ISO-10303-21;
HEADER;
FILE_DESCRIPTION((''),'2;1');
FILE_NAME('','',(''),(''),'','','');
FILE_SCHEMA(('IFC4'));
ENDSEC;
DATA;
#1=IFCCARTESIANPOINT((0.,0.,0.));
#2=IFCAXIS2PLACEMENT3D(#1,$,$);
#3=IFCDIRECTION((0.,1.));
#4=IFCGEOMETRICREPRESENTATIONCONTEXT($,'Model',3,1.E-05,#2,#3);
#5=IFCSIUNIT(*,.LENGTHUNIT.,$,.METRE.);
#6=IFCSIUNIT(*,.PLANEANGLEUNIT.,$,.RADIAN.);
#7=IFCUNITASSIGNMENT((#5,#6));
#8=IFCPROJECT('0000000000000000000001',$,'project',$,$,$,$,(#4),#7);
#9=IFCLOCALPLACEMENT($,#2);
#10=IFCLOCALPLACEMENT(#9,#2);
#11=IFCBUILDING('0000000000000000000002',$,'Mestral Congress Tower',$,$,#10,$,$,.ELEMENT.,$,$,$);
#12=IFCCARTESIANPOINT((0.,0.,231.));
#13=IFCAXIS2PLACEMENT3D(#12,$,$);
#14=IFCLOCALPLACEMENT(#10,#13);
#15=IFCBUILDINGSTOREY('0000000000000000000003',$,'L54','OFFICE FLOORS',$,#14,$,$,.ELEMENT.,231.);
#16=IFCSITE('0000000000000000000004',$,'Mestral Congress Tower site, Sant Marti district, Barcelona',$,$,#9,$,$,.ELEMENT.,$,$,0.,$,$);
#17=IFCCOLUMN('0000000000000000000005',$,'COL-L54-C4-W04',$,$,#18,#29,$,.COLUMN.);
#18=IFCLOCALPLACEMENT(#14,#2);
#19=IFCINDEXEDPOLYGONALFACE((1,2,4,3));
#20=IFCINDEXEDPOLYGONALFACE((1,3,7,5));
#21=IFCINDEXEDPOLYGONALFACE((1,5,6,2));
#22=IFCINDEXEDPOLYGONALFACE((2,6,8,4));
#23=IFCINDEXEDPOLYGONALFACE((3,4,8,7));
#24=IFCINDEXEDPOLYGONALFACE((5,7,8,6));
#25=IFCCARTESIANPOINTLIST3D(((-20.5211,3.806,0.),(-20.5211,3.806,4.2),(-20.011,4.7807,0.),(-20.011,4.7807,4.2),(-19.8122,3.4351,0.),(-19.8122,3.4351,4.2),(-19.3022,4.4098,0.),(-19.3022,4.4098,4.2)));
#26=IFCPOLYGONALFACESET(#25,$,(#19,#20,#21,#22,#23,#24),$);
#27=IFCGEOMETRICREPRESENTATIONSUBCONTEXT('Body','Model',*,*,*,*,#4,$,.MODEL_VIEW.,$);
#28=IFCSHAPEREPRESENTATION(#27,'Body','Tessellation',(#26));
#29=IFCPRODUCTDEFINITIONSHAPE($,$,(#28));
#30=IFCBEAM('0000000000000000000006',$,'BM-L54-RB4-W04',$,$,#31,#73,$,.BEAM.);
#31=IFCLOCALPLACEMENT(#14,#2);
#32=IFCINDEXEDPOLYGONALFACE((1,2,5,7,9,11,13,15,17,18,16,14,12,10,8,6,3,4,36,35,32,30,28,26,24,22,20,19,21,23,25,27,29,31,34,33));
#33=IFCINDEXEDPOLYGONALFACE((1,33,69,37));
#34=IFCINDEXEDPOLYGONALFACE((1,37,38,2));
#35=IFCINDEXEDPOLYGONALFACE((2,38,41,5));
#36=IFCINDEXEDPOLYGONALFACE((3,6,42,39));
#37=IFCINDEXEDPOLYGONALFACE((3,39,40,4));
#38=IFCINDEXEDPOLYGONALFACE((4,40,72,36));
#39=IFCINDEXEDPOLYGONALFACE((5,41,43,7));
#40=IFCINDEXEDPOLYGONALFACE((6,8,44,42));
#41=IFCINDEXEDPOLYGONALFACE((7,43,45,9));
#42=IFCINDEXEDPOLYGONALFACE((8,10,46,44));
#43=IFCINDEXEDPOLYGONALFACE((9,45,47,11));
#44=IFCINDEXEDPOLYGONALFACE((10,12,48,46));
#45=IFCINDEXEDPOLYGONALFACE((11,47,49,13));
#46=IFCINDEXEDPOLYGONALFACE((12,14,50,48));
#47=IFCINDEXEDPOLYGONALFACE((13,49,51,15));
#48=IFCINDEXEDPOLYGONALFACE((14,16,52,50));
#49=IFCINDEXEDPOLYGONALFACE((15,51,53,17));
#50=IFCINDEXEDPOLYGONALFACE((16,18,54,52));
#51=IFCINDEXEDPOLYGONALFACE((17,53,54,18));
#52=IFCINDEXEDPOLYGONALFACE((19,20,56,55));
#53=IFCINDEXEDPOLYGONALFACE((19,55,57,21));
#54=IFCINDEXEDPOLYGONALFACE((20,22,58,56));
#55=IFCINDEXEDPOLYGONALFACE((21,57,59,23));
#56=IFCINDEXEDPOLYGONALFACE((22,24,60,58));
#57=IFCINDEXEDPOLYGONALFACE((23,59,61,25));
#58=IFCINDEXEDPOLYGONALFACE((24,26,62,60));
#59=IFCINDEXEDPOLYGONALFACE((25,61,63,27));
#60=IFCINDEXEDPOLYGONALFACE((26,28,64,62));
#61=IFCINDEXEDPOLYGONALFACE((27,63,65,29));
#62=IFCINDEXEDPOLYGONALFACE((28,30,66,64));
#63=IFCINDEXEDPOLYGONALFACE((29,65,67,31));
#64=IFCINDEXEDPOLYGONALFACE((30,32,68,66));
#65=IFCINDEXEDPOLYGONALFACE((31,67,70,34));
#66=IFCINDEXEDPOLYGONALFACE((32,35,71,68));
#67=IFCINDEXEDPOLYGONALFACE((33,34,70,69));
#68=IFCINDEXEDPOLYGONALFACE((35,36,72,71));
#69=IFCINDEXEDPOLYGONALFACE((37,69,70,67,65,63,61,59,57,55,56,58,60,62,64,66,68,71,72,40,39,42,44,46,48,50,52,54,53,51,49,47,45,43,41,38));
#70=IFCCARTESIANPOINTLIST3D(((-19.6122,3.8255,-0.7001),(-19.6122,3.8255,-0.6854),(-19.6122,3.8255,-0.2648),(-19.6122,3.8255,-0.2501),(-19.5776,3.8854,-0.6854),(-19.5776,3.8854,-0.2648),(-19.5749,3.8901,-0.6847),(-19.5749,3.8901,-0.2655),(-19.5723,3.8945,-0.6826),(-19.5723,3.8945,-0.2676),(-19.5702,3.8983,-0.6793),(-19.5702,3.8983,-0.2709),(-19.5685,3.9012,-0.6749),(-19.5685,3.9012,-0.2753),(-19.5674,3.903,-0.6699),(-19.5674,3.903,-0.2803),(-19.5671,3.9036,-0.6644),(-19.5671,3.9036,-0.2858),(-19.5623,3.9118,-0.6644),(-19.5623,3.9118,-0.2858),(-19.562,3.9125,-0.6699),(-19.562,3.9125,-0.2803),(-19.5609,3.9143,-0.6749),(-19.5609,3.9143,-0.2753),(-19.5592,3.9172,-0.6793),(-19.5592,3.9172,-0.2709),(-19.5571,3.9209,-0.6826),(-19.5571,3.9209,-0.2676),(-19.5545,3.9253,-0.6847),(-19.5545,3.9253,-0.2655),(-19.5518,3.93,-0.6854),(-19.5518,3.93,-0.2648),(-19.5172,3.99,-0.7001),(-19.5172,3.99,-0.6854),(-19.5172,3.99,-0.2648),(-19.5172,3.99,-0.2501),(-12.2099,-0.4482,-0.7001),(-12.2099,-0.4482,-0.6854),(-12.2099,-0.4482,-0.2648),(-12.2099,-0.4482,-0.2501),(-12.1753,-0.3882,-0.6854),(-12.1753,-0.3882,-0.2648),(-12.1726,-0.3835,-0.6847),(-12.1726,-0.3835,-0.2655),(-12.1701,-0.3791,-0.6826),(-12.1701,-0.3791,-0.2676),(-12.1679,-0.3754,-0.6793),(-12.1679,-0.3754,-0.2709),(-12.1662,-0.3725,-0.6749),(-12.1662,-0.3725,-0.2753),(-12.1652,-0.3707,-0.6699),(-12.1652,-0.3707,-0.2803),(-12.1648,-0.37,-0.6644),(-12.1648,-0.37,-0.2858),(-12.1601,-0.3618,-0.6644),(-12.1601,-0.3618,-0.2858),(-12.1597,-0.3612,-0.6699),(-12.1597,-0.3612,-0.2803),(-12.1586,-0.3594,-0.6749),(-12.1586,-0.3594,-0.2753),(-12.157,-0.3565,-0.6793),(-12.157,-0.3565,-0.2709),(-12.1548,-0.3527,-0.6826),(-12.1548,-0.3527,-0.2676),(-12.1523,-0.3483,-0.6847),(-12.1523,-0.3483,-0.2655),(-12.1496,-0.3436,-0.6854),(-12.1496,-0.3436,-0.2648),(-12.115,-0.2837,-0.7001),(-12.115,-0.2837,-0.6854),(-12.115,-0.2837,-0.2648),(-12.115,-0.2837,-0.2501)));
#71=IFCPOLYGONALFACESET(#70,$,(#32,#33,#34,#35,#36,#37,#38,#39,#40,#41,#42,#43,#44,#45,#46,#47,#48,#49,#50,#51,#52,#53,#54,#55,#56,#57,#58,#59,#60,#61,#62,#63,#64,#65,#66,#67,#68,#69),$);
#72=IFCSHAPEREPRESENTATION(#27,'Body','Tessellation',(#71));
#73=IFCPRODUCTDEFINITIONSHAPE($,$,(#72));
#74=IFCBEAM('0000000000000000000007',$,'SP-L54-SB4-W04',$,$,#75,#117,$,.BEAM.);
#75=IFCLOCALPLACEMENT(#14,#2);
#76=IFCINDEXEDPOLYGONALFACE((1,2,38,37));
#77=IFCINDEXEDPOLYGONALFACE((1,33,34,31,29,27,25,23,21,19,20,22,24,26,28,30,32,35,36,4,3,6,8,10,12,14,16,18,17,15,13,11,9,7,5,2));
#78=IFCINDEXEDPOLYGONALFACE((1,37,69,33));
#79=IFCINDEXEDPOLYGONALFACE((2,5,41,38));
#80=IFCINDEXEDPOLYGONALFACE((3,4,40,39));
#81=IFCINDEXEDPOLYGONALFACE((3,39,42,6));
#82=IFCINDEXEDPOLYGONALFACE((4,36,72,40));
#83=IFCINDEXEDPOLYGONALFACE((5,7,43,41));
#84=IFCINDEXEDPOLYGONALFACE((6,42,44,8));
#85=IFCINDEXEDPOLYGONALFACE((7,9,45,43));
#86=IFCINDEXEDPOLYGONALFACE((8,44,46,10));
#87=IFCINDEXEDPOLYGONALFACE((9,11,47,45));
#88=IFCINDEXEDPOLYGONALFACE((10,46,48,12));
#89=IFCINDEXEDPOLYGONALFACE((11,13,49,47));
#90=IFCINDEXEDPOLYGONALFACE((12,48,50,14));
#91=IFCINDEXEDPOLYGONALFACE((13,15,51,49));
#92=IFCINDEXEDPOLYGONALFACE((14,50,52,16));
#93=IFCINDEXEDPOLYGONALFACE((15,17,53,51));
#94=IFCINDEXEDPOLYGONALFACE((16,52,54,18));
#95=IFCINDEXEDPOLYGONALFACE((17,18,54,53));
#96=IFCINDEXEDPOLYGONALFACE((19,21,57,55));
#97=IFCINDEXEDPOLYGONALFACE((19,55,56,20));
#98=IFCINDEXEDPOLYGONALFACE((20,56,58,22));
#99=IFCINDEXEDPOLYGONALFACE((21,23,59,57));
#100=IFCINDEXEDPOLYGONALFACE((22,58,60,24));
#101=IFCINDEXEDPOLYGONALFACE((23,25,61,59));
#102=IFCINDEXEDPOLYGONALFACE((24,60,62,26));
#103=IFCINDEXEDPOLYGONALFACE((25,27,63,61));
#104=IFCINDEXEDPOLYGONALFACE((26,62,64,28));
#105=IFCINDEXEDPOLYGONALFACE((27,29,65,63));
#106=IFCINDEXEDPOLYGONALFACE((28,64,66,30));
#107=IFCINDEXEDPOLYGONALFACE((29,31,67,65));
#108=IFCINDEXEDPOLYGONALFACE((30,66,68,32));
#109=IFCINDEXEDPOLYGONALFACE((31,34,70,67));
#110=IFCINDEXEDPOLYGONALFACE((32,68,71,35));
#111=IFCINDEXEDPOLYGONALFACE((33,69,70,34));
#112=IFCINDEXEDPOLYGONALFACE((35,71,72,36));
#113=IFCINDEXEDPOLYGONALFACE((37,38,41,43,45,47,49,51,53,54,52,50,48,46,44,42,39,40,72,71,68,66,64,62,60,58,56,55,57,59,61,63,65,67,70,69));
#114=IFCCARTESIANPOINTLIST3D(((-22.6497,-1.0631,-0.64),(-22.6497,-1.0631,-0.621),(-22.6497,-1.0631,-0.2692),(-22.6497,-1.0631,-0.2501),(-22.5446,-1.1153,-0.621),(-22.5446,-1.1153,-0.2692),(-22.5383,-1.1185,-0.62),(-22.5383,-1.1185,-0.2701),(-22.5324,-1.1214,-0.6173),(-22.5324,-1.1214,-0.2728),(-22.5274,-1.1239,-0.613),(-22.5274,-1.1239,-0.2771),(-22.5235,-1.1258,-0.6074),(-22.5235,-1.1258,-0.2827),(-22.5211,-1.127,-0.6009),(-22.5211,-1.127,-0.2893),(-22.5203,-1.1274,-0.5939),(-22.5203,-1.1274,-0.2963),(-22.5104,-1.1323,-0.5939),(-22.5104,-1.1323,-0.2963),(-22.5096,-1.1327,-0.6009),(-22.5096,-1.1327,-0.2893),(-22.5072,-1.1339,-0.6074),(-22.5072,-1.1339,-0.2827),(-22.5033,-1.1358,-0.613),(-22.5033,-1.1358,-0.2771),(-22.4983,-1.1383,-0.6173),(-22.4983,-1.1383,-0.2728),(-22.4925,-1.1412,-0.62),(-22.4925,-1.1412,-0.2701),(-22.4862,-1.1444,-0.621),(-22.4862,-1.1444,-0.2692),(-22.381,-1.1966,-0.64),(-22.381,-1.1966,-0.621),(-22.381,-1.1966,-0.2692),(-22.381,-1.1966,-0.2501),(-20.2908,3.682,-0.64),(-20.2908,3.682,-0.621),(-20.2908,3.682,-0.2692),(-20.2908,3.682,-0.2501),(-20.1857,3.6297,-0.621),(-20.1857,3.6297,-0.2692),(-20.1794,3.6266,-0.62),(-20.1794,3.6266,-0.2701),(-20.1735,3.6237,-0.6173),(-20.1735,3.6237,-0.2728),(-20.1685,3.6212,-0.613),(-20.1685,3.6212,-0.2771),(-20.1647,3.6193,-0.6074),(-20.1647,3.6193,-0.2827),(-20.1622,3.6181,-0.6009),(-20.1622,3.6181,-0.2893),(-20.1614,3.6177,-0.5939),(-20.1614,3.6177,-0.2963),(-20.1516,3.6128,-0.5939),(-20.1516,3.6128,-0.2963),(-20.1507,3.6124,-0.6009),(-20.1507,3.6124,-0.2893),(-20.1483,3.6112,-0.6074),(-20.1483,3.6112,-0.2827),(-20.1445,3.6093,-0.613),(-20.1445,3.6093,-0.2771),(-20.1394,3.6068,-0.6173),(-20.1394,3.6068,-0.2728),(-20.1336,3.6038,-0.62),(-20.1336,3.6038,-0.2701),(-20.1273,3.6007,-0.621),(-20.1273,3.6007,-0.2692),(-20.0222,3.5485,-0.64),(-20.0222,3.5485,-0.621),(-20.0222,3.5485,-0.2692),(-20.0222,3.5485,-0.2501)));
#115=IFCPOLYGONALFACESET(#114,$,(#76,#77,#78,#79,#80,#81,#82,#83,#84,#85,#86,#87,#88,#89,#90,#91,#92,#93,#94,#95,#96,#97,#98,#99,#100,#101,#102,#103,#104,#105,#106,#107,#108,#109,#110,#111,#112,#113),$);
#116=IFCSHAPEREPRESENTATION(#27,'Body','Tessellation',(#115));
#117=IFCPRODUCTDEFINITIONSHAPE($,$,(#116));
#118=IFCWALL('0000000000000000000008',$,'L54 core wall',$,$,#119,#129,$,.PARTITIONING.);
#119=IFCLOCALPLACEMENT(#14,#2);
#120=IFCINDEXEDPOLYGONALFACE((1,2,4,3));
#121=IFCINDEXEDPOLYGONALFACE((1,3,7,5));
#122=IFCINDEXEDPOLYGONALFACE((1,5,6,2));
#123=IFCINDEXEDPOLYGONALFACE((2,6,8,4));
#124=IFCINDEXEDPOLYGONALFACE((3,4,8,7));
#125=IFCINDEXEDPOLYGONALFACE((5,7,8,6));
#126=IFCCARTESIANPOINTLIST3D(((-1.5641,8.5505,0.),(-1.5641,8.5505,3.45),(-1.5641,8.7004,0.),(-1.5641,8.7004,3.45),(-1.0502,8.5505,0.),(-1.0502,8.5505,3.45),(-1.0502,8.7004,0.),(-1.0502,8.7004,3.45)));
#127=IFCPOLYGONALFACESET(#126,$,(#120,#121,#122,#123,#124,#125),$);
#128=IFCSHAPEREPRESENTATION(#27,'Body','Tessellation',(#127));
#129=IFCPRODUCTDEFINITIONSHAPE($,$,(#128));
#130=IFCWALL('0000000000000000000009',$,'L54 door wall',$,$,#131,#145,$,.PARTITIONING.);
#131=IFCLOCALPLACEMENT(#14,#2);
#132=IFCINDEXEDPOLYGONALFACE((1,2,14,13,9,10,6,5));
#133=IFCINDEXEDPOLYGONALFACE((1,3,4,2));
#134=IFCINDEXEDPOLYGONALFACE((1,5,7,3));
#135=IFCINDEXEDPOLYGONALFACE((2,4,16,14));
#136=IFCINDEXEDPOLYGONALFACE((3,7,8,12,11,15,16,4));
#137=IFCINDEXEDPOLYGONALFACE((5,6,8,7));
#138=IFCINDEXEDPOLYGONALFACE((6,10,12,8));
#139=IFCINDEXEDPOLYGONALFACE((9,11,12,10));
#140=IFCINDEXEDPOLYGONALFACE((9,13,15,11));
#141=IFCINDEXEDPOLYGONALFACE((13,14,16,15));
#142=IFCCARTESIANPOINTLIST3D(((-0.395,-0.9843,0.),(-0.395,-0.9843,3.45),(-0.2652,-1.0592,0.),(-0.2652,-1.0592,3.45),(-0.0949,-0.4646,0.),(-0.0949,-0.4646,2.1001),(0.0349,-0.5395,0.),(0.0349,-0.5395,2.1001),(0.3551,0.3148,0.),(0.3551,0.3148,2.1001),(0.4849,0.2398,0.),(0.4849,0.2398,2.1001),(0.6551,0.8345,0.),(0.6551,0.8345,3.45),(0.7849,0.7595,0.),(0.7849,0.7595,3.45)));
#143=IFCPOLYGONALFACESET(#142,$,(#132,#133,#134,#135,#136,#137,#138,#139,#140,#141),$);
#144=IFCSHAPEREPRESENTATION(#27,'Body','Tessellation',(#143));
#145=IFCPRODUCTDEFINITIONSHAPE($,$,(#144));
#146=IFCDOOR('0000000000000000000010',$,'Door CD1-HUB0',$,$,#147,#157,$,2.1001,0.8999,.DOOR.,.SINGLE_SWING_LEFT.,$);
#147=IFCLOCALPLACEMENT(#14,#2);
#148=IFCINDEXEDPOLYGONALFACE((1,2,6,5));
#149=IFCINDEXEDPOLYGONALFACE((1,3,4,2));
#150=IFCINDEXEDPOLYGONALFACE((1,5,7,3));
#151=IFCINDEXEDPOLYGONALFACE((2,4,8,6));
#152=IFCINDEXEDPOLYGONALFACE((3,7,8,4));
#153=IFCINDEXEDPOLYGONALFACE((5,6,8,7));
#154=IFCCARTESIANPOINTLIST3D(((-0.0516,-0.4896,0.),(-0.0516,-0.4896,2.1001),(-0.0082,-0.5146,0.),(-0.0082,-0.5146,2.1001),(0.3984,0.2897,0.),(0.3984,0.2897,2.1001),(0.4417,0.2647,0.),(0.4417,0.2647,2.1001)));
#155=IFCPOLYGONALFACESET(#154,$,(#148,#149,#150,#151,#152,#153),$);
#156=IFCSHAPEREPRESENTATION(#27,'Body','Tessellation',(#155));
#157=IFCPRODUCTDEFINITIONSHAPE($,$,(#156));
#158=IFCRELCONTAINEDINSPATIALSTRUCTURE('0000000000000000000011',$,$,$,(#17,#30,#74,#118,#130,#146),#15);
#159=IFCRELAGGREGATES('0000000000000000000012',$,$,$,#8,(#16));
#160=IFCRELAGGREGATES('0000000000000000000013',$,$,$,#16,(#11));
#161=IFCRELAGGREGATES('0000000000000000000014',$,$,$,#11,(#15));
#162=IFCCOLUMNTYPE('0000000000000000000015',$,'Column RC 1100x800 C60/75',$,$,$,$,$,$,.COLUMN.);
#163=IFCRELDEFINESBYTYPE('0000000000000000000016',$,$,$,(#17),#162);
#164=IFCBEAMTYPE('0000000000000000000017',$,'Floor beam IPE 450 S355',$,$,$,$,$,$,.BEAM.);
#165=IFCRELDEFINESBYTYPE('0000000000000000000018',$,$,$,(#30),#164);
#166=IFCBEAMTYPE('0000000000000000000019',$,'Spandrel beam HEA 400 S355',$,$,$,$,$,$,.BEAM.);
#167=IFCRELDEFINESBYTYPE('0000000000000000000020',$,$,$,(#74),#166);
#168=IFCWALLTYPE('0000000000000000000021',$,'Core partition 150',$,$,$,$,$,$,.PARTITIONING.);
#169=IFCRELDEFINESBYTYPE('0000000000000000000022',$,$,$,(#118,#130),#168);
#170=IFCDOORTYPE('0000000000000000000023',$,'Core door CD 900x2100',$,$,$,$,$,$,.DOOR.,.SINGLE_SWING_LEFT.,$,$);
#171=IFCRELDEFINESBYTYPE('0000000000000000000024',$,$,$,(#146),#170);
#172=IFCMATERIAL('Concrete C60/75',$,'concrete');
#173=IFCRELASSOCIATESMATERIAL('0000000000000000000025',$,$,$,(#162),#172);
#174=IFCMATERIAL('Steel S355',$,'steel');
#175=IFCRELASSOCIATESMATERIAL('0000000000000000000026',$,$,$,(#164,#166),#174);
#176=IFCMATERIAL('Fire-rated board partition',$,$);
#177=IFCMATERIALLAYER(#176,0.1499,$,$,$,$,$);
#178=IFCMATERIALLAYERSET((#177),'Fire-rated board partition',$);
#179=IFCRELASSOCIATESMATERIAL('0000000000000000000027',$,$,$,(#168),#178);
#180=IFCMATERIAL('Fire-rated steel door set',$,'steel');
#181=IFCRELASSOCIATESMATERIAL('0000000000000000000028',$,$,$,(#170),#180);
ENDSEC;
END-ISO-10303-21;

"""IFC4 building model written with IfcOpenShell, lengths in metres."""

from ifc_helpers import new_model, si_unit, direction, frame, frame_2d, origin, origin_2d, place, context, subcontext, project, spatial, rectangle, i_section, extrude, material, layer, layer_set, material_profile, profile_set, type_object, element, fill, save


model = new_model("IFC4")

# Units and contexts
model_context = context("Model", 3, precision=1e-05, world=origin(), true_north=direction((0.0, 1.0)))
body_context = subcontext(model_context, "Body", "Model", "MODEL_VIEW")
ifc_project = project(units=[si_unit("LENGTHUNIT", "METRE"), si_unit("PLANEANGLEUNIT", "RADIAN")], contexts=[model_context])

# Site, building, storey
site_placement = place(None, origin())
site = spatial("IfcSite", under=ifc_project, at=site_placement, Name="Mestral Congress Tower site, Sant Marti district, Barcelona", CompositionType="ELEMENT", RefElevation=0.0)
building_placement = place(site_placement, origin())
building = spatial("IfcBuilding", under=site, at=building_placement, Name="Mestral Congress Tower", CompositionType="ELEMENT")
storey_placement = place(building_placement, frame((0.0, 0.0, 231.0)))
storey = spatial("IfcBuildingStorey", under=building, at=storey_placement, Name="L54", Description="OFFICE FLOORS", CompositionType="ELEMENT", Elevation=231.0)

# Column
ifc_material_1 = material(Name="Concrete C60/75", Category="concrete")
ifc_material_profile_1 = material_profile(ifc_material_1, rectangle(XDim=1.1001, YDim=0.8, at=origin_2d()), Name="RC 1100x800")
ifc_profile_set_1 = profile_set([ifc_material_profile_1], Name="Concrete C60/75")
column_type = type_object("IfcColumnType", Name="Column RC 1100x800 C60/75", PredefinedType="COLUMN", material=ifc_profile_set_1)
column_placement = place(storey_placement, frame((-19.9116, 4.1079, 0.0), z_axis=(0.0, 0.0, 1.0), x_axis=(-0.463636, -0.886026, 0.0)))
element("IfcColumn", 1, at=column_placement, inside=storey, type_object=column_type, Name="COL-L54-C4-W04", PredefinedType="COLUMN", context=body_context, shape_type="SweptSolid", body=[
    extrude(rectangle(XDim=1.1001, YDim=0.8, at=origin_2d()), origin(), (0.0, 0.0, 1.0), 4.2),
])

# Beams
ifc_material_2 = material(Name="Steel S355", Category="steel")
ifc_material_profile_2 = material_profile(ifc_material_2, i_section(OverallWidth=0.1899, OverallDepth=0.45, WebThickness=0.0095, FlangeThickness=0.0146, FilletRadius=0.021, at=origin_2d()), Name="IPE 450")
ifc_profile_set_2 = profile_set([ifc_material_profile_2], Name="Steel S355")
beam_type_1 = type_object("IfcBeamType", Name="Floor beam IPE 450 S355", PredefinedType="BEAM", material=ifc_profile_set_2)
beam_1_placement = place(storey_placement, frame((-19.5647, 3.9077, -0.4751), z_axis=(0.866029, -0.499994, 0.0), x_axis=(0.499994, 0.866029, 0.0)))
element("IfcBeam", 2, at=beam_1_placement, inside=storey, type_object=beam_type_1, Name="BM-L54-RB4-W04", PredefinedType="BEAM", context=body_context, shape_type="SweptSolid", body=[
    extrude(i_section(OverallWidth=0.1899, OverallDepth=0.45, WebThickness=0.0095, FlangeThickness=0.0146, FilletRadius=0.021, at=origin_2d()), origin(), (0.0, 0.0, 1.0), 8.5474),
])
ifc_material_profile_3 = material_profile(ifc_material_2, i_section(OverallWidth=0.3, OverallDepth=0.3899, WebThickness=0.011, FlangeThickness=0.019, FilletRadius=0.0271, at=origin_2d()), Name="HEA 400")
ifc_profile_set_3 = profile_set([ifc_material_profile_3], Name="Steel S355")
beam_type_2 = type_object("IfcBeamType", Name="Spandrel beam HEA 400 S355", PredefinedType="BEAM", material=ifc_profile_set_3)
beam_2_placement = place(storey_placement, frame((-20.1565, 3.6152, -0.4451), z_axis=(-0.445148, -0.895457, 0.0), x_axis=(0.895457, -0.445148, 0.0)))
element("IfcBeam", 3, at=beam_2_placement, inside=storey, type_object=beam_type_2, Name="SP-L54-SB4-W04", PredefinedType="BEAM", context=body_context, shape_type="SweptSolid", body=[
    extrude(i_section(OverallWidth=0.3, OverallDepth=0.3899, WebThickness=0.011, FlangeThickness=0.019, FilletRadius=0.0271, at=origin_2d()), origin(), (0.0, 0.0, 1.0), 5.2991),
])

# Wall
ifc_material_3 = material(Name="Fire-rated board partition")
ifc_layer_1 = layer(ifc_material_3, 0.1499)
ifc_layer_set_1 = layer_set([ifc_layer_1], Name="Fire-rated board partition")
wall_type_1 = type_object("IfcWallType", Name="Core partition 150", PredefinedType="PARTITIONING", material=ifc_layer_set_1)
wall_1_placement = place(storey_placement, frame((-1.564, 8.6255, 0.0), z_axis=(0.0, 0.0, 1.0), x_axis=(1.0, 0.0, 0.0)))
element("IfcWall", 4, at=wall_1_placement, inside=storey, type_object=wall_type_1, Name="L54 core wall", PredefinedType="PARTITIONING", context=body_context, shape_type="SweptSolid", body=[
    extrude(rectangle(XDim=0.5139, YDim=0.1499, at=frame_2d((0.2568, 0.0))), origin(), (0.0, 0.0, 1.0), 3.45),
])

# Wall, opening, door
wall_2_placement = place(storey_placement, frame((-0.3301, -1.0217, 0.0), z_axis=(0.0, 0.0, 1.0), x_axis=(0.500028, 0.866009, 0.0)))
wall_2 = element("IfcWall", 5, at=wall_2_placement, inside=storey, type_object=wall_type_1, Name="L54 door wall", PredefinedType="PARTITIONING", context=body_context, shape_type="SweptSolid", body=[
    extrude(rectangle(XDim=2.1001, YDim=0.1499, at=frame_2d((1.05, 0.0))), origin(), (0.0, 0.0, 1.0), 3.45),
])
opening_1_placement = place(wall_2_placement, frame((0.6001, 0.0, 0.0)))
opening_1 = element("IfcOpeningElement", 6, at=opening_1_placement, cuts=wall_2, PredefinedType="OPENING", context=body_context, shape_type="SweptSolid", body=[
    extrude(rectangle(XDim=0.8999, YDim=2.1001, at=frame_2d((0.45, 1.05))), frame((0.0, 0.085, 0.0), z_axis=(0.0, -1.0, 0.0), x_axis=(1.0, 0.0, 0.0)), (0.0, 0.0, 1.0), 0.1699),
])
ifc_material_4 = material(Name="Fire-rated steel door set", Category="steel")
door_type_1 = type_object("IfcDoorType", Name="Core door CD 900x2100", OperationType="SINGLE_SWING_LEFT", PredefinedType="DOOR", material=ifc_material_4)
door_1_placement = place(opening_1_placement, origin())
door_1 = element("IfcDoor", 7, at=door_1_placement, inside=storey, type_object=door_type_1, Name="Door CD1-HUB0", OperationType="SINGLE_SWING_LEFT", OverallHeight=2.1001, OverallWidth=0.8999, PredefinedType="DOOR", context=body_context, shape_type="SweptSolid", body=[
    extrude(rectangle(XDim=0.8999, YDim=2.1001, at=frame_2d((0.45, 1.05))), frame((0.0, 0.0249, 0.0), z_axis=(0.0, -1.0, 0.0), x_axis=(1.0, 0.0, 0.0)), (0.0, 0.0, 1.0), 0.05),
])
fill(opening_1, door_1)

save(model, "model.ifc")
